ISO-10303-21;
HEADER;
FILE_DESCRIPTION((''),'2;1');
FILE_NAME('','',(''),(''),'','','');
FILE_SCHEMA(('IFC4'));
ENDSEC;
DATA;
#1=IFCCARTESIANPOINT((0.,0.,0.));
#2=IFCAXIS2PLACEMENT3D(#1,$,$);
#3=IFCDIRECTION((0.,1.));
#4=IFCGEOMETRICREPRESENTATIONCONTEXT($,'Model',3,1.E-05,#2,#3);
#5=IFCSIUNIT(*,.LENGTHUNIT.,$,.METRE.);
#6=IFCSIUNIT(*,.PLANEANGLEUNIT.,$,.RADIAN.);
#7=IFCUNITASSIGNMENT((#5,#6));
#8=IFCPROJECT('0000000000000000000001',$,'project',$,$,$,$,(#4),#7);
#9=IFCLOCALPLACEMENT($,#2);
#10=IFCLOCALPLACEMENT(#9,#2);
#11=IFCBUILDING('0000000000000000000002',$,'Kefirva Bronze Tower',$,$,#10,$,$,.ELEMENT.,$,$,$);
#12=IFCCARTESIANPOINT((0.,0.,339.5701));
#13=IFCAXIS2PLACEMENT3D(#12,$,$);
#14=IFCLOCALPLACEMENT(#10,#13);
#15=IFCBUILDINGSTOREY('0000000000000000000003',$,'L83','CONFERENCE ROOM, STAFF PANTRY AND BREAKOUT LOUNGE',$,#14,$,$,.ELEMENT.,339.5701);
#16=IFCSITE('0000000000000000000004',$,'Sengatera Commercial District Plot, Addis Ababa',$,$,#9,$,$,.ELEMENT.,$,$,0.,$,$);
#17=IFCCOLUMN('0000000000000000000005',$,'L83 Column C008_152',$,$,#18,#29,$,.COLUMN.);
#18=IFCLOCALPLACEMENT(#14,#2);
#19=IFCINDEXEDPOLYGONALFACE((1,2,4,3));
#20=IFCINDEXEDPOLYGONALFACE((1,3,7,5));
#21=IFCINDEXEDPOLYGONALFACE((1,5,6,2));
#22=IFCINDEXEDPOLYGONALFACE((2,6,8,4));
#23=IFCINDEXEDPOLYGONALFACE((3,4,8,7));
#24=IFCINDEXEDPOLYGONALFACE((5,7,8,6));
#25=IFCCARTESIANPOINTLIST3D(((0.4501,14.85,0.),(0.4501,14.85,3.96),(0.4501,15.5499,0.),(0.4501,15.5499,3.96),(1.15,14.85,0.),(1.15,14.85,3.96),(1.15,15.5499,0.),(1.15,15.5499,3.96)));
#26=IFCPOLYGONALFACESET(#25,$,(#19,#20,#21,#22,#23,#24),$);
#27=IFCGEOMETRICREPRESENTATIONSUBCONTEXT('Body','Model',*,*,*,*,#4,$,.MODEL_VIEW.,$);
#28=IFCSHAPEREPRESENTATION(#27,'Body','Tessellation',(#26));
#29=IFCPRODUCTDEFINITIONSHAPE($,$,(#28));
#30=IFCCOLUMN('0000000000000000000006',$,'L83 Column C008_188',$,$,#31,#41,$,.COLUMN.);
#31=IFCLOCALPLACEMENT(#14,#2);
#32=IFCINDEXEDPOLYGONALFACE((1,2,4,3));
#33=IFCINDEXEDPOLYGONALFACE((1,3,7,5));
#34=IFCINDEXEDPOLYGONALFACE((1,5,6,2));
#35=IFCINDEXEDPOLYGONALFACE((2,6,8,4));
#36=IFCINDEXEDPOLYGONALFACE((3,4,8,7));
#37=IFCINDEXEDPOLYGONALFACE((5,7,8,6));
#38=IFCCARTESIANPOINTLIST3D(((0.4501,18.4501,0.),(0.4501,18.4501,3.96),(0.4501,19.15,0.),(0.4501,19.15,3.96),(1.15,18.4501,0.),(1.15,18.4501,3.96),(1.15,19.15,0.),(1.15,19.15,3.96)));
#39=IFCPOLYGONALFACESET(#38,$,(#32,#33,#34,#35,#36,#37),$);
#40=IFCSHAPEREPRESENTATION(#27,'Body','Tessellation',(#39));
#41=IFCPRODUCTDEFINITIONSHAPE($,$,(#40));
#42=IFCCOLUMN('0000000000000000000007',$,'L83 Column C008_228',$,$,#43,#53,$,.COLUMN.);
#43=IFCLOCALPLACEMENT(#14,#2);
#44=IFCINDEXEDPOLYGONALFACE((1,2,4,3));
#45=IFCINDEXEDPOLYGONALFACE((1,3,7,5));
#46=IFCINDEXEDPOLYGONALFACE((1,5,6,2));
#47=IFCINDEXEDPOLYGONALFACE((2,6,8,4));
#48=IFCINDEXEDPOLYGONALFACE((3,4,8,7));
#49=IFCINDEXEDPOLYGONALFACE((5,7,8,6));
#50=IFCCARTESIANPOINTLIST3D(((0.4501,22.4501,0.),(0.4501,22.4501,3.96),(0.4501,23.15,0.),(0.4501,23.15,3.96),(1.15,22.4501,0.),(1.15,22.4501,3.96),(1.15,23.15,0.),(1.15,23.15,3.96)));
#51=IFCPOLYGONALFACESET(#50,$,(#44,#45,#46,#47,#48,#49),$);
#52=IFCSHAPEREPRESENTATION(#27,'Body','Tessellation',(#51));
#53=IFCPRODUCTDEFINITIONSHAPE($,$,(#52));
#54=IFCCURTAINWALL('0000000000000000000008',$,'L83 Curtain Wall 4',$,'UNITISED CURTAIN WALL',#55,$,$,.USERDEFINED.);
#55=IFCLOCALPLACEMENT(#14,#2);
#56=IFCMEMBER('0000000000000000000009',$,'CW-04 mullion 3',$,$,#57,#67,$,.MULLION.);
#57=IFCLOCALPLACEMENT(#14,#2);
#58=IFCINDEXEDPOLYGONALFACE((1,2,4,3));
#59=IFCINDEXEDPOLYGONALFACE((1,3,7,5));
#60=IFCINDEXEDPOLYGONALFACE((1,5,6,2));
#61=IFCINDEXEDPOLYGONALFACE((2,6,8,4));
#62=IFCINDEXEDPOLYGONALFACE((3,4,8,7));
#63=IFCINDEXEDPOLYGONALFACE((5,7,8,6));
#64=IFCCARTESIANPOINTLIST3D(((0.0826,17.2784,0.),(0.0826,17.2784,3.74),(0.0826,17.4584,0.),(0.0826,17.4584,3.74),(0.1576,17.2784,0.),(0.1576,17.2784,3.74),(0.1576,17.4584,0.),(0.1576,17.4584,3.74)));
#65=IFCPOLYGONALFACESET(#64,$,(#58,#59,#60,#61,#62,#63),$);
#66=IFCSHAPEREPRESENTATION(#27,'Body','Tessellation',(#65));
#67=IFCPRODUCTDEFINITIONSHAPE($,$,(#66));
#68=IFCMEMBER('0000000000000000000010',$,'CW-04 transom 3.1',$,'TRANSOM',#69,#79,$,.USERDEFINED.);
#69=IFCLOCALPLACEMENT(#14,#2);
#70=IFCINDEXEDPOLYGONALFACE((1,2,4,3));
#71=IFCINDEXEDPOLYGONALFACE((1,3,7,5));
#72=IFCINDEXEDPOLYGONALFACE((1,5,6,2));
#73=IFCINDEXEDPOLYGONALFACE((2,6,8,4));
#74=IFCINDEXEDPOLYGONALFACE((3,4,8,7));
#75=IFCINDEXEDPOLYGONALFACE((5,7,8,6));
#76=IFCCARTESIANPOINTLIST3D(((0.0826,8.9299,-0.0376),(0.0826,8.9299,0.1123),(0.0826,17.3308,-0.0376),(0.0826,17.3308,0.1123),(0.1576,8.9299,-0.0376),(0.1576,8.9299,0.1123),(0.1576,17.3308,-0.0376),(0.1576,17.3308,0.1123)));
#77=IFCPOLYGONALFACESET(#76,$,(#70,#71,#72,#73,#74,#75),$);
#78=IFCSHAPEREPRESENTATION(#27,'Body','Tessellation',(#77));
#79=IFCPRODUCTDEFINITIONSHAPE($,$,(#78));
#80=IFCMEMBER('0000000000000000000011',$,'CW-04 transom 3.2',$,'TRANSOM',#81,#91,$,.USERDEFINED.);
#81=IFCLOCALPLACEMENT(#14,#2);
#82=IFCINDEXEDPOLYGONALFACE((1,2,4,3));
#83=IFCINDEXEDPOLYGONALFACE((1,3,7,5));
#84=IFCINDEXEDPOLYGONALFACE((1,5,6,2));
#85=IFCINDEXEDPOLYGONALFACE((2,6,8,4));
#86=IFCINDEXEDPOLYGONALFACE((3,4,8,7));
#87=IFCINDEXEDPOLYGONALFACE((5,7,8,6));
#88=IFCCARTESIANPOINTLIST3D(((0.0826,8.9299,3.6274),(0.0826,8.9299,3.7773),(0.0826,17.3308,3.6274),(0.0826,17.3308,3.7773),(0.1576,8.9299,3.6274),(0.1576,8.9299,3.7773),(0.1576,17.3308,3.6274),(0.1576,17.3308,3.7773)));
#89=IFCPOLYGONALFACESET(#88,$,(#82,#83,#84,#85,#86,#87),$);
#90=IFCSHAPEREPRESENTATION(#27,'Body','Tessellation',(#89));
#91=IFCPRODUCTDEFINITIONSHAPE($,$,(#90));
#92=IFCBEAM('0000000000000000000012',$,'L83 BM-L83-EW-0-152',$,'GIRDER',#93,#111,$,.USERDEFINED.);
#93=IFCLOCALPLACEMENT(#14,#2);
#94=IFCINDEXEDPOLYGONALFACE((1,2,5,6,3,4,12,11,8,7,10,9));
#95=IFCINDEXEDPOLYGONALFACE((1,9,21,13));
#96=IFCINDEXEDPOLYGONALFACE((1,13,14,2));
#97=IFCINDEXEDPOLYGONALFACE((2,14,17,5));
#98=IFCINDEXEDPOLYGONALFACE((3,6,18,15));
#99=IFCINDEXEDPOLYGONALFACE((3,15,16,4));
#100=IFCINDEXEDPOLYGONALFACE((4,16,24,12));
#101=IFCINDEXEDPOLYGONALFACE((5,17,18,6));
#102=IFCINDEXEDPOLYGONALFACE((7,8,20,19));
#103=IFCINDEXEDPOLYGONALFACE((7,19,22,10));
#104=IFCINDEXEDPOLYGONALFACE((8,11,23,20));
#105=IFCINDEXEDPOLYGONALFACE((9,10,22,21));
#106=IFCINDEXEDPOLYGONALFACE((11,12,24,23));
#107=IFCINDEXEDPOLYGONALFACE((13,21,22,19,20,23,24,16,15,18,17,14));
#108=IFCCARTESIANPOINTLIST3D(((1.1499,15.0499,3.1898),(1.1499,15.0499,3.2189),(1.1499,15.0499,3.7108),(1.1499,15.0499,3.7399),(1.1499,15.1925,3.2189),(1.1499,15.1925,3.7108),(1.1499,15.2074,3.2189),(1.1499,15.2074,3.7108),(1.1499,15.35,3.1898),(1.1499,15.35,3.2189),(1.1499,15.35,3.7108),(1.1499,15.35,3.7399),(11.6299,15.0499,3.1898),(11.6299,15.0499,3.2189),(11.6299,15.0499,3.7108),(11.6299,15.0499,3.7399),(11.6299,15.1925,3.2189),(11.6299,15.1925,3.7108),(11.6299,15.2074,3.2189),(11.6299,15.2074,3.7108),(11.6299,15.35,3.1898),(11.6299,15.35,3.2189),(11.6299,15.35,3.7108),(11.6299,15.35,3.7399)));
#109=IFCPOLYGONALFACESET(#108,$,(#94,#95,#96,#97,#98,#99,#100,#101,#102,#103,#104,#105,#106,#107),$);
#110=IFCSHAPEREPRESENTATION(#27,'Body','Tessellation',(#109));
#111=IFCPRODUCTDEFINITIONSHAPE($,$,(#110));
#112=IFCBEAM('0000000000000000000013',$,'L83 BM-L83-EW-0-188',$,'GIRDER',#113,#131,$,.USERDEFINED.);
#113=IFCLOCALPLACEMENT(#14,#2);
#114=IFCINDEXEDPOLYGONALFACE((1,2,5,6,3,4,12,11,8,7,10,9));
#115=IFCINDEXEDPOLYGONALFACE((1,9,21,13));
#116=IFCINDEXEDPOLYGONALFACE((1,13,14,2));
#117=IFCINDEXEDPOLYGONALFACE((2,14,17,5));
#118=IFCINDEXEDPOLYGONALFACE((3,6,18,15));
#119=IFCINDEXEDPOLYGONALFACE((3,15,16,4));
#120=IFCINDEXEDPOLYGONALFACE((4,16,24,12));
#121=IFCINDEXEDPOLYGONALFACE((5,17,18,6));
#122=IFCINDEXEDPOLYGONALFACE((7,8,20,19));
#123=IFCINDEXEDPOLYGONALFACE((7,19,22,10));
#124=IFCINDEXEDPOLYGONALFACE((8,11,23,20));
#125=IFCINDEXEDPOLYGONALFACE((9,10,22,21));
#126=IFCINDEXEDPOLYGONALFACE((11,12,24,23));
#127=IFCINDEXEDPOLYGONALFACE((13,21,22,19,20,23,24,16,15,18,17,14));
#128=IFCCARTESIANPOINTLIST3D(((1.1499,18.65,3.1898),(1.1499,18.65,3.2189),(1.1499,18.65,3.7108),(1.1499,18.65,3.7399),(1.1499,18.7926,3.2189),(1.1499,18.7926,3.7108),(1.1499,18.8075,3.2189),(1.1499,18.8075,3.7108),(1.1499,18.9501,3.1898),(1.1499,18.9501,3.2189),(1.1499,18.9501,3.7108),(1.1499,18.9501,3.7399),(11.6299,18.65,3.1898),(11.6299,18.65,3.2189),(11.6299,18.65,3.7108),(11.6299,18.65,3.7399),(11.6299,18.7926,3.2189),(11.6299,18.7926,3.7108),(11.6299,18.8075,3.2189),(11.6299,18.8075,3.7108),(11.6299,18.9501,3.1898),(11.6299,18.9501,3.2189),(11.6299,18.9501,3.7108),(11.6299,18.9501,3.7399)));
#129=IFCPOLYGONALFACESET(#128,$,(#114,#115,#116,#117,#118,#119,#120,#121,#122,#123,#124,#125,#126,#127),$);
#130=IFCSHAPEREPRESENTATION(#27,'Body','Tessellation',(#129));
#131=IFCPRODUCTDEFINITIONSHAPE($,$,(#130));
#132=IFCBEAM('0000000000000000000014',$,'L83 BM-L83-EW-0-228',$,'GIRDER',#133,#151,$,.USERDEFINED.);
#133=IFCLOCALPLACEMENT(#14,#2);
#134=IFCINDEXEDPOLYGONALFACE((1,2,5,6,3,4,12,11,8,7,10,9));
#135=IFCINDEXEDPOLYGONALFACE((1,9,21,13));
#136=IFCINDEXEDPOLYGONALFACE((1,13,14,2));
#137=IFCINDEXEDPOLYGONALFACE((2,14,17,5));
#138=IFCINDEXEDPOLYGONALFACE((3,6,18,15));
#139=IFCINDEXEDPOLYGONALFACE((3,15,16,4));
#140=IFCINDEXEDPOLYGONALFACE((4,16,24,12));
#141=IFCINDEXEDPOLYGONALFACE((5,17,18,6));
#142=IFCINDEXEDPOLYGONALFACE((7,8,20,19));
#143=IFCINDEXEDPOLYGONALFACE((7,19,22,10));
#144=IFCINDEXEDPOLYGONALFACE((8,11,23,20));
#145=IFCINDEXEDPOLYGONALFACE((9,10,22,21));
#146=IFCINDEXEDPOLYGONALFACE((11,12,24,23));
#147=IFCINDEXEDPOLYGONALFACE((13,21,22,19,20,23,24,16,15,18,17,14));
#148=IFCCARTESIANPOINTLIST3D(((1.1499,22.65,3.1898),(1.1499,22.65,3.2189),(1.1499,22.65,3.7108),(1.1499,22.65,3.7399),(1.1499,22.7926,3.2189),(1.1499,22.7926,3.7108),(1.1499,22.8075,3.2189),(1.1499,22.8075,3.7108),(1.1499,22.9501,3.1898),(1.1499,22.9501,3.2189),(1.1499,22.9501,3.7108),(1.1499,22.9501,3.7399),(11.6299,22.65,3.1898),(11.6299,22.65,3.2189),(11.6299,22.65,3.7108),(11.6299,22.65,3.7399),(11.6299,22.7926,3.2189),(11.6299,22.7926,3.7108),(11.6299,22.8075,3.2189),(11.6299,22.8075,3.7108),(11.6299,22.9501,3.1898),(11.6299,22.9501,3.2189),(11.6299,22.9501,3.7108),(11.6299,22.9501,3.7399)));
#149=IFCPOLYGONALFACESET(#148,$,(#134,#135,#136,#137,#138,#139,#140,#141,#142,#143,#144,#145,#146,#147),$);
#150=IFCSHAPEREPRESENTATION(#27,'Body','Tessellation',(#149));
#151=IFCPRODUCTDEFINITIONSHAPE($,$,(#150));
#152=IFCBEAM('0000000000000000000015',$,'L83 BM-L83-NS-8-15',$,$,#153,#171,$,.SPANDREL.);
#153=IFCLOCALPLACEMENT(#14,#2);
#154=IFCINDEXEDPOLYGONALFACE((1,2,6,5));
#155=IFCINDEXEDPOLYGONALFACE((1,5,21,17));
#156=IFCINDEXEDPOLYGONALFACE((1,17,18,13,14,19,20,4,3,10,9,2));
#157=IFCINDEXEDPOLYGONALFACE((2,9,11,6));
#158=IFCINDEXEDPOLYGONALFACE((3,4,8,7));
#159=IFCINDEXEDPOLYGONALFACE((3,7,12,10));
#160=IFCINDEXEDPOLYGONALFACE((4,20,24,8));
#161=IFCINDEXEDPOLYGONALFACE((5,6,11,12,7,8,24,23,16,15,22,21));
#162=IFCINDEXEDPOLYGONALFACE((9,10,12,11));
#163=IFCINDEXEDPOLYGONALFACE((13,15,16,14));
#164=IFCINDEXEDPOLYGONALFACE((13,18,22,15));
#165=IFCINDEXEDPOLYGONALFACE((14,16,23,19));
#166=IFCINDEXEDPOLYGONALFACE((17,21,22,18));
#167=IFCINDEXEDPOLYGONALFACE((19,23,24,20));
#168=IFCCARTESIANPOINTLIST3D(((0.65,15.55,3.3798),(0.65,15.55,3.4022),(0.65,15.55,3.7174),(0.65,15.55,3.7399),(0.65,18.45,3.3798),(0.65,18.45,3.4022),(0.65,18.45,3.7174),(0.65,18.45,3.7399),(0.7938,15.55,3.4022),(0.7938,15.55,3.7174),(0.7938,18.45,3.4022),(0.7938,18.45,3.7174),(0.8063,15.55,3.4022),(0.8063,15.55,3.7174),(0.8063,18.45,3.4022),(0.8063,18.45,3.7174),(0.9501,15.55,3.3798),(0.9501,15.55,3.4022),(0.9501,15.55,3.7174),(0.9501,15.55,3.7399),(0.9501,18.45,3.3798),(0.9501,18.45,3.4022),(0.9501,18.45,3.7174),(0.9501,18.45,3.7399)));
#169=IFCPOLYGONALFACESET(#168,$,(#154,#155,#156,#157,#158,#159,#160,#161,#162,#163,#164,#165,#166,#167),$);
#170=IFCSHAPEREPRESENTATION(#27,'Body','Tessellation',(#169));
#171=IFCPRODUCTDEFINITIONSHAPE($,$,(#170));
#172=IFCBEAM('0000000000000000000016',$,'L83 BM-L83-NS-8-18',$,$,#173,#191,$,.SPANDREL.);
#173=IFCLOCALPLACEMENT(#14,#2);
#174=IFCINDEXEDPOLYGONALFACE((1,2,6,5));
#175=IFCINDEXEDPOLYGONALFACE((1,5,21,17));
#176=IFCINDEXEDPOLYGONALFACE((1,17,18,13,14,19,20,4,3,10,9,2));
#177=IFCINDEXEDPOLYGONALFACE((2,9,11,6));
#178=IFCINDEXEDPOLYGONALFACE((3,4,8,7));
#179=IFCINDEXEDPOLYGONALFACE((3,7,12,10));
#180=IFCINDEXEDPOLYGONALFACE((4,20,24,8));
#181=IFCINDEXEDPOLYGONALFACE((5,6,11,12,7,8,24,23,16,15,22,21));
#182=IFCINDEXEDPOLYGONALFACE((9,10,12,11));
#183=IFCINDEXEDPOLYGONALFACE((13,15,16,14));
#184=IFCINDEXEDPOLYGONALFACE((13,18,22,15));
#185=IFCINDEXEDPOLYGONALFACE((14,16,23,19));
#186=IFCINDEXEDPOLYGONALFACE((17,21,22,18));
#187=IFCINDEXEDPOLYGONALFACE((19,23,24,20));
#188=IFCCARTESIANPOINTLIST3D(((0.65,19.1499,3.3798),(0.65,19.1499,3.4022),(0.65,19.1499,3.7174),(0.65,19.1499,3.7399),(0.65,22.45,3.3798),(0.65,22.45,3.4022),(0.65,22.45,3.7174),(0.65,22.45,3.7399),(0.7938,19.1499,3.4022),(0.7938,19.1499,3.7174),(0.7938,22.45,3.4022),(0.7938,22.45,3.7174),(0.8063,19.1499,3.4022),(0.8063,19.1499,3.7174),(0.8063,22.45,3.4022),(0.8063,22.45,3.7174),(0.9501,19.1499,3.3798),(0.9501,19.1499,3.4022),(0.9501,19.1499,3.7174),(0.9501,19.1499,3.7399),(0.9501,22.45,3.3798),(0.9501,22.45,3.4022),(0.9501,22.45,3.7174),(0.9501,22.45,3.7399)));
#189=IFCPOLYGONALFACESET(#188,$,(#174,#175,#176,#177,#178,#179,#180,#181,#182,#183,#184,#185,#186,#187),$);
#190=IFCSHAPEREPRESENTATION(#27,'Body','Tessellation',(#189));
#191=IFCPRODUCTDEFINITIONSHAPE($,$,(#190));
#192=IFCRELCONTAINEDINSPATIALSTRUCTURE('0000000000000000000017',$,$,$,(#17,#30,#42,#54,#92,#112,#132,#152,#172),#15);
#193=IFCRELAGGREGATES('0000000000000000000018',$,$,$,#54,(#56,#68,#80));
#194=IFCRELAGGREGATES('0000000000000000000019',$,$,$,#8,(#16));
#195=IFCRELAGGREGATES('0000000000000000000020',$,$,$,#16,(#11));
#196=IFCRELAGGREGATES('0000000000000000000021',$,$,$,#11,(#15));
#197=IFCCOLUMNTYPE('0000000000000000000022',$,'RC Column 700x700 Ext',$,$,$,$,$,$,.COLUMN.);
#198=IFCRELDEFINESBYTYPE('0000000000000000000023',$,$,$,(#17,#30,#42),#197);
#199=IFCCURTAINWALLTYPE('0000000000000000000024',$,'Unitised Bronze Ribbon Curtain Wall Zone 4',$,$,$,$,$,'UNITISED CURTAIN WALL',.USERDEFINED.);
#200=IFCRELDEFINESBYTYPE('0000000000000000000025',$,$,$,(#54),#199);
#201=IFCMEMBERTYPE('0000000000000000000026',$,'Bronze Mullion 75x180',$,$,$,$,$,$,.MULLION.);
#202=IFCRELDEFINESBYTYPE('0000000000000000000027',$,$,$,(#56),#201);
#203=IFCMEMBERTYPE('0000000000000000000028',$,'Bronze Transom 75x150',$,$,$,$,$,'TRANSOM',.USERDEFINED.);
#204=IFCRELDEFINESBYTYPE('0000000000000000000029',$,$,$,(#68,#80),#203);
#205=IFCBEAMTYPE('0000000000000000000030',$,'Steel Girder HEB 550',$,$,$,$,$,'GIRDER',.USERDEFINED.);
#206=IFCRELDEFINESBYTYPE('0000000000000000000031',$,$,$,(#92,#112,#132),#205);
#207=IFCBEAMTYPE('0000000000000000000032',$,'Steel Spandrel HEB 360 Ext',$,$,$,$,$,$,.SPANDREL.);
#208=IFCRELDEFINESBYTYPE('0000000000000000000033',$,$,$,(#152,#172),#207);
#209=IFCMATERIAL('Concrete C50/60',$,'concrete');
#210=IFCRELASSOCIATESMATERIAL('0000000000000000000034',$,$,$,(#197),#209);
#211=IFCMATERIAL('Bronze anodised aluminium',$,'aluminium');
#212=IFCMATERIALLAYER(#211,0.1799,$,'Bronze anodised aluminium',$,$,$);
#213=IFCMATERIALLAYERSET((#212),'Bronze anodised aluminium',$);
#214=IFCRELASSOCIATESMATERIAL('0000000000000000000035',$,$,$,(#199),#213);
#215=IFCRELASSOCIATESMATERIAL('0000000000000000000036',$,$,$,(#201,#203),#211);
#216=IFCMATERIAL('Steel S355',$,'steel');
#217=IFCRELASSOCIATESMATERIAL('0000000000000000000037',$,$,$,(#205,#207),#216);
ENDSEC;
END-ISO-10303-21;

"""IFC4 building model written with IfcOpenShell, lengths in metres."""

from ifc_helpers import new_model, si_unit, direction, frame, origin, origin_2d, place, context, subcontext, project, spatial, rectangle, i_section, extrude, material, layer, layer_set, material_profile, profile_set, type_object, element, aggregate, save


model = new_model("IFC4")

# Units and contexts
model_context = context("Model", 3, precision=1e-05, world=origin(), true_north=direction((0.0, 1.0)))
body_context = subcontext(model_context, "Body", "Model", "MODEL_VIEW")
ifc_project = project(units=[si_unit("LENGTHUNIT", "METRE"), si_unit("PLANEANGLEUNIT", "RADIAN")], contexts=[model_context])

# Site, building, storey
site_placement = place(None, origin())
site = spatial("IfcSite", under=ifc_project, at=site_placement, Name="Sengatera Commercial District Plot, Addis Ababa", CompositionType="ELEMENT", RefElevation=0.0)
building_placement = place(site_placement, origin())
building = spatial("IfcBuilding", under=site, at=building_placement, Name="Kefirva Bronze Tower", CompositionType="ELEMENT")
storey_placement = place(building_placement, frame((0.0, 0.0, 339.5701)))
storey = spatial("IfcBuildingStorey", under=building, at=storey_placement, Name="L83", Description="CONFERENCE ROOM, STAFF PANTRY AND BREAKOUT LOUNGE", CompositionType="ELEMENT", Elevation=339.5701)

# Columns
ifc_material_1 = material(Name="Concrete C50/60", Category="concrete")
ifc_material_profile_1 = material_profile(ifc_material_1, rectangle(XDim=0.7, YDim=0.7, at=origin_2d()), Name="RC 700x700")
ifc_profile_set_1 = profile_set([ifc_material_profile_1], Name="Concrete C50/60")
column_type = type_object("IfcColumnType", Name="RC Column 700x700 Ext", PredefinedType="COLUMN", material=ifc_profile_set_1)
for number, where, z_axis, x_axis, name in (
    (1, (0.8, 15.2, 0.0), (0.0, 0.0, 1.0), (1.0, 0.0, 0.0), "L83 Column C008_152"),
    (2, (0.8, 18.8, 0.0), (0.0, 0.0, 1.0), (1.0, 0.0, 0.0), "L83 Column C008_188"),
    (3, (0.8, 22.8, 0.0), (0.0, 0.0, 1.0), (1.0, 0.0, 0.0), "L83 Column C008_228"),
):
    element("IfcColumn", number, at=place(storey_placement, frame(where, z_axis=z_axis, x_axis=x_axis)), inside=storey, type_object=column_type, Name=name, PredefinedType="COLUMN", context=body_context, shape_type="SweptSolid", body=[
        extrude(rectangle(XDim=0.7, YDim=0.7, at=origin_2d()), origin(), (0.0, 0.0, 1.0), 3.96),
    ])

# Curtain wall, members
ifc_material_2 = material(Name="Bronze anodised aluminium", Category="aluminium")
ifc_layer_1 = layer(ifc_material_2, 0.1799, Name="Bronze anodised aluminium")
ifc_layer_set_1 = layer_set([ifc_layer_1], Name="Bronze anodised aluminium")
curtain_wall_type = type_object("IfcCurtainWallType", Name="Unitised Bronze Ribbon Curtain Wall Zone 4", ElementType="UNITISED CURTAIN WALL", PredefinedType="USERDEFINED", material=ifc_layer_set_1)
curtain_wall_placement = place(storey_placement, origin())
curtain_wall = element("IfcCurtainWall", 4, at=curtain_wall_placement, inside=storey, type_object=curtain_wall_type, Name="L83 Curtain Wall 4", ObjectType="UNITISED CURTAIN WALL", PredefinedType="USERDEFINED")
ifc_material_profile_2 = material_profile(ifc_material_2, rectangle(XDim=0.075, YDim=0.1799, at=origin_2d()), Name="ALU 75x180")
ifc_profile_set_2 = profile_set([ifc_material_profile_2], Name="Bronze anodised aluminium")
member_type_1 = type_object("IfcMemberType", Name="Bronze Mullion 75x180", PredefinedType="MULLION", material=ifc_profile_set_2)
member_1_placement = place(storey_placement, frame((0.1201, 17.3684, 0.0), z_axis=(0.0, 0.0, 1.0), x_axis=(1.0, 0.0, 0.0)))
member_1 = element("IfcMember", 5, at=member_1_placement, type_object=member_type_1, Name="CW-04 mullion 3", PredefinedType="MULLION", context=body_context, shape_type="SweptSolid", body=[
    extrude(rectangle(XDim=0.075, YDim=0.1799, at=origin_2d()), origin(), (0.0, 0.0, 1.0), 3.74),
])
ifc_material_profile_3 = material_profile(ifc_material_2, rectangle(XDim=0.075, YDim=0.1499, at=origin_2d()), Name="ALU 75x150")
ifc_profile_set_3 = profile_set([ifc_material_profile_3], Name="Bronze anodised aluminium")
member_type_2 = type_object("IfcMemberType", Name="Bronze Transom 75x150", ElementType="TRANSOM", PredefinedType="USERDEFINED", material=ifc_profile_set_3)
member_2_placement = place(storey_placement, frame((0.1201, 17.3308, 0.0374), z_axis=(0.0, -1.0, 0.0), x_axis=(1.0, 0.0, 0.0)))
member_2 = element("IfcMember", 6, at=member_2_placement, type_object=member_type_2, Name="CW-04 transom 3.1", ObjectType="TRANSOM", PredefinedType="USERDEFINED", context=body_context, shape_type="SweptSolid", body=[
    extrude(rectangle(XDim=0.075, YDim=0.1499, at=origin_2d()), origin(), (0.0, 0.0, 1.0), 8.4009),
])
member_3_placement = place(storey_placement, frame((0.1201, 17.3308, 3.7024), z_axis=(0.0, -1.0, 0.0), x_axis=(1.0, 0.0, 0.0)))
member_3 = element("IfcMember", 7, at=member_3_placement, type_object=member_type_2, Name="CW-04 transom 3.2", ObjectType="TRANSOM", PredefinedType="USERDEFINED", context=body_context, shape_type="SweptSolid", body=[
    extrude(rectangle(XDim=0.075, YDim=0.1499, at=origin_2d()), origin(), (0.0, 0.0, 1.0), 8.4009),
])

# Beams
ifc_material_3 = material(Name="Steel S355", Category="steel")
ifc_material_profile_4 = material_profile(ifc_material_3, i_section(OverallWidth=0.3, OverallDepth=0.55, WebThickness=0.0149, FlangeThickness=0.0291, at=origin_2d()), Name="HEB 550")
ifc_profile_set_4 = profile_set([ifc_material_profile_4], Name="Steel S355")
beam_type_1 = type_object("IfcBeamType", Name="Steel Girder HEB 550", ElementType="GIRDER", PredefinedType="USERDEFINED", material=ifc_profile_set_4)
for number, where, z_axis, x_axis, name in (
    (8, (1.1499, 15.2, 3.4648), (1.0, 0.0, 0.0), (0.0, 1.0, 0.0), "L83 BM-L83-EW-0-152"),
    (9, (1.1499, 18.8, 3.4648), (1.0, 0.0, 0.0), (0.0, 1.0, 0.0), "L83 BM-L83-EW-0-188"),
    (10, (1.1499, 22.8, 3.4648), (1.0, 0.0, 0.0), (0.0, 1.0, 0.0), "L83 BM-L83-EW-0-228"),
):
    element("IfcBeam", number, at=place(storey_placement, frame(where, z_axis=z_axis, x_axis=x_axis)), inside=storey, type_object=beam_type_1, Name=name, ObjectType="GIRDER", PredefinedType="USERDEFINED", context=body_context, shape_type="SweptSolid", body=[
        extrude(i_section(OverallWidth=0.3, OverallDepth=0.55, WebThickness=0.0149, FlangeThickness=0.0291, at=origin_2d()), origin(), (0.0, 0.0, 1.0), 10.48),
    ])
ifc_material_profile_5 = material_profile(ifc_material_3, i_section(OverallWidth=0.3, OverallDepth=0.3601, WebThickness=0.0125, FlangeThickness=0.0225, at=origin_2d()), Name="HEB 360")
ifc_profile_set_5 = profile_set([ifc_material_profile_5], Name="Steel S355")
beam_type_2 = type_object("IfcBeamType", Name="Steel Spandrel HEB 360 Ext", PredefinedType="SPANDREL", material=ifc_profile_set_5)
beam_1_placement = place(storey_placement, frame((0.8, 15.55, 3.5598), z_axis=(0.0, 1.0, 0.0), x_axis=(-1.0, 0.0, 0.0)))
element("IfcBeam", 11, at=beam_1_placement, inside=storey, type_object=beam_type_2, Name="L83 BM-L83-NS-8-15", PredefinedType="SPANDREL", context=body_context, shape_type="SweptSolid", body=[
    extrude(i_section(OverallWidth=0.3, OverallDepth=0.3601, WebThickness=0.0125, FlangeThickness=0.0225, at=origin_2d()), origin(), (0.0, 0.0, 1.0), 2.8999),
])
beam_2_placement = place(storey_placement, frame((0.8, 19.1499, 3.5598), z_axis=(0.0, 1.0, 0.0), x_axis=(-1.0, 0.0, 0.0)))
element("IfcBeam", 12, at=beam_2_placement, inside=storey, type_object=beam_type_2, Name="L83 BM-L83-NS-8-18", PredefinedType="SPANDREL", context=body_context, shape_type="SweptSolid", body=[
    extrude(i_section(OverallWidth=0.3, OverallDepth=0.3601, WebThickness=0.0125, FlangeThickness=0.0225, at=origin_2d()), origin(), (0.0, 0.0, 1.0), 3.3),
])

aggregate(curtain_wall, [member_1, member_2, member_3])

save(model, "model.ifc")
